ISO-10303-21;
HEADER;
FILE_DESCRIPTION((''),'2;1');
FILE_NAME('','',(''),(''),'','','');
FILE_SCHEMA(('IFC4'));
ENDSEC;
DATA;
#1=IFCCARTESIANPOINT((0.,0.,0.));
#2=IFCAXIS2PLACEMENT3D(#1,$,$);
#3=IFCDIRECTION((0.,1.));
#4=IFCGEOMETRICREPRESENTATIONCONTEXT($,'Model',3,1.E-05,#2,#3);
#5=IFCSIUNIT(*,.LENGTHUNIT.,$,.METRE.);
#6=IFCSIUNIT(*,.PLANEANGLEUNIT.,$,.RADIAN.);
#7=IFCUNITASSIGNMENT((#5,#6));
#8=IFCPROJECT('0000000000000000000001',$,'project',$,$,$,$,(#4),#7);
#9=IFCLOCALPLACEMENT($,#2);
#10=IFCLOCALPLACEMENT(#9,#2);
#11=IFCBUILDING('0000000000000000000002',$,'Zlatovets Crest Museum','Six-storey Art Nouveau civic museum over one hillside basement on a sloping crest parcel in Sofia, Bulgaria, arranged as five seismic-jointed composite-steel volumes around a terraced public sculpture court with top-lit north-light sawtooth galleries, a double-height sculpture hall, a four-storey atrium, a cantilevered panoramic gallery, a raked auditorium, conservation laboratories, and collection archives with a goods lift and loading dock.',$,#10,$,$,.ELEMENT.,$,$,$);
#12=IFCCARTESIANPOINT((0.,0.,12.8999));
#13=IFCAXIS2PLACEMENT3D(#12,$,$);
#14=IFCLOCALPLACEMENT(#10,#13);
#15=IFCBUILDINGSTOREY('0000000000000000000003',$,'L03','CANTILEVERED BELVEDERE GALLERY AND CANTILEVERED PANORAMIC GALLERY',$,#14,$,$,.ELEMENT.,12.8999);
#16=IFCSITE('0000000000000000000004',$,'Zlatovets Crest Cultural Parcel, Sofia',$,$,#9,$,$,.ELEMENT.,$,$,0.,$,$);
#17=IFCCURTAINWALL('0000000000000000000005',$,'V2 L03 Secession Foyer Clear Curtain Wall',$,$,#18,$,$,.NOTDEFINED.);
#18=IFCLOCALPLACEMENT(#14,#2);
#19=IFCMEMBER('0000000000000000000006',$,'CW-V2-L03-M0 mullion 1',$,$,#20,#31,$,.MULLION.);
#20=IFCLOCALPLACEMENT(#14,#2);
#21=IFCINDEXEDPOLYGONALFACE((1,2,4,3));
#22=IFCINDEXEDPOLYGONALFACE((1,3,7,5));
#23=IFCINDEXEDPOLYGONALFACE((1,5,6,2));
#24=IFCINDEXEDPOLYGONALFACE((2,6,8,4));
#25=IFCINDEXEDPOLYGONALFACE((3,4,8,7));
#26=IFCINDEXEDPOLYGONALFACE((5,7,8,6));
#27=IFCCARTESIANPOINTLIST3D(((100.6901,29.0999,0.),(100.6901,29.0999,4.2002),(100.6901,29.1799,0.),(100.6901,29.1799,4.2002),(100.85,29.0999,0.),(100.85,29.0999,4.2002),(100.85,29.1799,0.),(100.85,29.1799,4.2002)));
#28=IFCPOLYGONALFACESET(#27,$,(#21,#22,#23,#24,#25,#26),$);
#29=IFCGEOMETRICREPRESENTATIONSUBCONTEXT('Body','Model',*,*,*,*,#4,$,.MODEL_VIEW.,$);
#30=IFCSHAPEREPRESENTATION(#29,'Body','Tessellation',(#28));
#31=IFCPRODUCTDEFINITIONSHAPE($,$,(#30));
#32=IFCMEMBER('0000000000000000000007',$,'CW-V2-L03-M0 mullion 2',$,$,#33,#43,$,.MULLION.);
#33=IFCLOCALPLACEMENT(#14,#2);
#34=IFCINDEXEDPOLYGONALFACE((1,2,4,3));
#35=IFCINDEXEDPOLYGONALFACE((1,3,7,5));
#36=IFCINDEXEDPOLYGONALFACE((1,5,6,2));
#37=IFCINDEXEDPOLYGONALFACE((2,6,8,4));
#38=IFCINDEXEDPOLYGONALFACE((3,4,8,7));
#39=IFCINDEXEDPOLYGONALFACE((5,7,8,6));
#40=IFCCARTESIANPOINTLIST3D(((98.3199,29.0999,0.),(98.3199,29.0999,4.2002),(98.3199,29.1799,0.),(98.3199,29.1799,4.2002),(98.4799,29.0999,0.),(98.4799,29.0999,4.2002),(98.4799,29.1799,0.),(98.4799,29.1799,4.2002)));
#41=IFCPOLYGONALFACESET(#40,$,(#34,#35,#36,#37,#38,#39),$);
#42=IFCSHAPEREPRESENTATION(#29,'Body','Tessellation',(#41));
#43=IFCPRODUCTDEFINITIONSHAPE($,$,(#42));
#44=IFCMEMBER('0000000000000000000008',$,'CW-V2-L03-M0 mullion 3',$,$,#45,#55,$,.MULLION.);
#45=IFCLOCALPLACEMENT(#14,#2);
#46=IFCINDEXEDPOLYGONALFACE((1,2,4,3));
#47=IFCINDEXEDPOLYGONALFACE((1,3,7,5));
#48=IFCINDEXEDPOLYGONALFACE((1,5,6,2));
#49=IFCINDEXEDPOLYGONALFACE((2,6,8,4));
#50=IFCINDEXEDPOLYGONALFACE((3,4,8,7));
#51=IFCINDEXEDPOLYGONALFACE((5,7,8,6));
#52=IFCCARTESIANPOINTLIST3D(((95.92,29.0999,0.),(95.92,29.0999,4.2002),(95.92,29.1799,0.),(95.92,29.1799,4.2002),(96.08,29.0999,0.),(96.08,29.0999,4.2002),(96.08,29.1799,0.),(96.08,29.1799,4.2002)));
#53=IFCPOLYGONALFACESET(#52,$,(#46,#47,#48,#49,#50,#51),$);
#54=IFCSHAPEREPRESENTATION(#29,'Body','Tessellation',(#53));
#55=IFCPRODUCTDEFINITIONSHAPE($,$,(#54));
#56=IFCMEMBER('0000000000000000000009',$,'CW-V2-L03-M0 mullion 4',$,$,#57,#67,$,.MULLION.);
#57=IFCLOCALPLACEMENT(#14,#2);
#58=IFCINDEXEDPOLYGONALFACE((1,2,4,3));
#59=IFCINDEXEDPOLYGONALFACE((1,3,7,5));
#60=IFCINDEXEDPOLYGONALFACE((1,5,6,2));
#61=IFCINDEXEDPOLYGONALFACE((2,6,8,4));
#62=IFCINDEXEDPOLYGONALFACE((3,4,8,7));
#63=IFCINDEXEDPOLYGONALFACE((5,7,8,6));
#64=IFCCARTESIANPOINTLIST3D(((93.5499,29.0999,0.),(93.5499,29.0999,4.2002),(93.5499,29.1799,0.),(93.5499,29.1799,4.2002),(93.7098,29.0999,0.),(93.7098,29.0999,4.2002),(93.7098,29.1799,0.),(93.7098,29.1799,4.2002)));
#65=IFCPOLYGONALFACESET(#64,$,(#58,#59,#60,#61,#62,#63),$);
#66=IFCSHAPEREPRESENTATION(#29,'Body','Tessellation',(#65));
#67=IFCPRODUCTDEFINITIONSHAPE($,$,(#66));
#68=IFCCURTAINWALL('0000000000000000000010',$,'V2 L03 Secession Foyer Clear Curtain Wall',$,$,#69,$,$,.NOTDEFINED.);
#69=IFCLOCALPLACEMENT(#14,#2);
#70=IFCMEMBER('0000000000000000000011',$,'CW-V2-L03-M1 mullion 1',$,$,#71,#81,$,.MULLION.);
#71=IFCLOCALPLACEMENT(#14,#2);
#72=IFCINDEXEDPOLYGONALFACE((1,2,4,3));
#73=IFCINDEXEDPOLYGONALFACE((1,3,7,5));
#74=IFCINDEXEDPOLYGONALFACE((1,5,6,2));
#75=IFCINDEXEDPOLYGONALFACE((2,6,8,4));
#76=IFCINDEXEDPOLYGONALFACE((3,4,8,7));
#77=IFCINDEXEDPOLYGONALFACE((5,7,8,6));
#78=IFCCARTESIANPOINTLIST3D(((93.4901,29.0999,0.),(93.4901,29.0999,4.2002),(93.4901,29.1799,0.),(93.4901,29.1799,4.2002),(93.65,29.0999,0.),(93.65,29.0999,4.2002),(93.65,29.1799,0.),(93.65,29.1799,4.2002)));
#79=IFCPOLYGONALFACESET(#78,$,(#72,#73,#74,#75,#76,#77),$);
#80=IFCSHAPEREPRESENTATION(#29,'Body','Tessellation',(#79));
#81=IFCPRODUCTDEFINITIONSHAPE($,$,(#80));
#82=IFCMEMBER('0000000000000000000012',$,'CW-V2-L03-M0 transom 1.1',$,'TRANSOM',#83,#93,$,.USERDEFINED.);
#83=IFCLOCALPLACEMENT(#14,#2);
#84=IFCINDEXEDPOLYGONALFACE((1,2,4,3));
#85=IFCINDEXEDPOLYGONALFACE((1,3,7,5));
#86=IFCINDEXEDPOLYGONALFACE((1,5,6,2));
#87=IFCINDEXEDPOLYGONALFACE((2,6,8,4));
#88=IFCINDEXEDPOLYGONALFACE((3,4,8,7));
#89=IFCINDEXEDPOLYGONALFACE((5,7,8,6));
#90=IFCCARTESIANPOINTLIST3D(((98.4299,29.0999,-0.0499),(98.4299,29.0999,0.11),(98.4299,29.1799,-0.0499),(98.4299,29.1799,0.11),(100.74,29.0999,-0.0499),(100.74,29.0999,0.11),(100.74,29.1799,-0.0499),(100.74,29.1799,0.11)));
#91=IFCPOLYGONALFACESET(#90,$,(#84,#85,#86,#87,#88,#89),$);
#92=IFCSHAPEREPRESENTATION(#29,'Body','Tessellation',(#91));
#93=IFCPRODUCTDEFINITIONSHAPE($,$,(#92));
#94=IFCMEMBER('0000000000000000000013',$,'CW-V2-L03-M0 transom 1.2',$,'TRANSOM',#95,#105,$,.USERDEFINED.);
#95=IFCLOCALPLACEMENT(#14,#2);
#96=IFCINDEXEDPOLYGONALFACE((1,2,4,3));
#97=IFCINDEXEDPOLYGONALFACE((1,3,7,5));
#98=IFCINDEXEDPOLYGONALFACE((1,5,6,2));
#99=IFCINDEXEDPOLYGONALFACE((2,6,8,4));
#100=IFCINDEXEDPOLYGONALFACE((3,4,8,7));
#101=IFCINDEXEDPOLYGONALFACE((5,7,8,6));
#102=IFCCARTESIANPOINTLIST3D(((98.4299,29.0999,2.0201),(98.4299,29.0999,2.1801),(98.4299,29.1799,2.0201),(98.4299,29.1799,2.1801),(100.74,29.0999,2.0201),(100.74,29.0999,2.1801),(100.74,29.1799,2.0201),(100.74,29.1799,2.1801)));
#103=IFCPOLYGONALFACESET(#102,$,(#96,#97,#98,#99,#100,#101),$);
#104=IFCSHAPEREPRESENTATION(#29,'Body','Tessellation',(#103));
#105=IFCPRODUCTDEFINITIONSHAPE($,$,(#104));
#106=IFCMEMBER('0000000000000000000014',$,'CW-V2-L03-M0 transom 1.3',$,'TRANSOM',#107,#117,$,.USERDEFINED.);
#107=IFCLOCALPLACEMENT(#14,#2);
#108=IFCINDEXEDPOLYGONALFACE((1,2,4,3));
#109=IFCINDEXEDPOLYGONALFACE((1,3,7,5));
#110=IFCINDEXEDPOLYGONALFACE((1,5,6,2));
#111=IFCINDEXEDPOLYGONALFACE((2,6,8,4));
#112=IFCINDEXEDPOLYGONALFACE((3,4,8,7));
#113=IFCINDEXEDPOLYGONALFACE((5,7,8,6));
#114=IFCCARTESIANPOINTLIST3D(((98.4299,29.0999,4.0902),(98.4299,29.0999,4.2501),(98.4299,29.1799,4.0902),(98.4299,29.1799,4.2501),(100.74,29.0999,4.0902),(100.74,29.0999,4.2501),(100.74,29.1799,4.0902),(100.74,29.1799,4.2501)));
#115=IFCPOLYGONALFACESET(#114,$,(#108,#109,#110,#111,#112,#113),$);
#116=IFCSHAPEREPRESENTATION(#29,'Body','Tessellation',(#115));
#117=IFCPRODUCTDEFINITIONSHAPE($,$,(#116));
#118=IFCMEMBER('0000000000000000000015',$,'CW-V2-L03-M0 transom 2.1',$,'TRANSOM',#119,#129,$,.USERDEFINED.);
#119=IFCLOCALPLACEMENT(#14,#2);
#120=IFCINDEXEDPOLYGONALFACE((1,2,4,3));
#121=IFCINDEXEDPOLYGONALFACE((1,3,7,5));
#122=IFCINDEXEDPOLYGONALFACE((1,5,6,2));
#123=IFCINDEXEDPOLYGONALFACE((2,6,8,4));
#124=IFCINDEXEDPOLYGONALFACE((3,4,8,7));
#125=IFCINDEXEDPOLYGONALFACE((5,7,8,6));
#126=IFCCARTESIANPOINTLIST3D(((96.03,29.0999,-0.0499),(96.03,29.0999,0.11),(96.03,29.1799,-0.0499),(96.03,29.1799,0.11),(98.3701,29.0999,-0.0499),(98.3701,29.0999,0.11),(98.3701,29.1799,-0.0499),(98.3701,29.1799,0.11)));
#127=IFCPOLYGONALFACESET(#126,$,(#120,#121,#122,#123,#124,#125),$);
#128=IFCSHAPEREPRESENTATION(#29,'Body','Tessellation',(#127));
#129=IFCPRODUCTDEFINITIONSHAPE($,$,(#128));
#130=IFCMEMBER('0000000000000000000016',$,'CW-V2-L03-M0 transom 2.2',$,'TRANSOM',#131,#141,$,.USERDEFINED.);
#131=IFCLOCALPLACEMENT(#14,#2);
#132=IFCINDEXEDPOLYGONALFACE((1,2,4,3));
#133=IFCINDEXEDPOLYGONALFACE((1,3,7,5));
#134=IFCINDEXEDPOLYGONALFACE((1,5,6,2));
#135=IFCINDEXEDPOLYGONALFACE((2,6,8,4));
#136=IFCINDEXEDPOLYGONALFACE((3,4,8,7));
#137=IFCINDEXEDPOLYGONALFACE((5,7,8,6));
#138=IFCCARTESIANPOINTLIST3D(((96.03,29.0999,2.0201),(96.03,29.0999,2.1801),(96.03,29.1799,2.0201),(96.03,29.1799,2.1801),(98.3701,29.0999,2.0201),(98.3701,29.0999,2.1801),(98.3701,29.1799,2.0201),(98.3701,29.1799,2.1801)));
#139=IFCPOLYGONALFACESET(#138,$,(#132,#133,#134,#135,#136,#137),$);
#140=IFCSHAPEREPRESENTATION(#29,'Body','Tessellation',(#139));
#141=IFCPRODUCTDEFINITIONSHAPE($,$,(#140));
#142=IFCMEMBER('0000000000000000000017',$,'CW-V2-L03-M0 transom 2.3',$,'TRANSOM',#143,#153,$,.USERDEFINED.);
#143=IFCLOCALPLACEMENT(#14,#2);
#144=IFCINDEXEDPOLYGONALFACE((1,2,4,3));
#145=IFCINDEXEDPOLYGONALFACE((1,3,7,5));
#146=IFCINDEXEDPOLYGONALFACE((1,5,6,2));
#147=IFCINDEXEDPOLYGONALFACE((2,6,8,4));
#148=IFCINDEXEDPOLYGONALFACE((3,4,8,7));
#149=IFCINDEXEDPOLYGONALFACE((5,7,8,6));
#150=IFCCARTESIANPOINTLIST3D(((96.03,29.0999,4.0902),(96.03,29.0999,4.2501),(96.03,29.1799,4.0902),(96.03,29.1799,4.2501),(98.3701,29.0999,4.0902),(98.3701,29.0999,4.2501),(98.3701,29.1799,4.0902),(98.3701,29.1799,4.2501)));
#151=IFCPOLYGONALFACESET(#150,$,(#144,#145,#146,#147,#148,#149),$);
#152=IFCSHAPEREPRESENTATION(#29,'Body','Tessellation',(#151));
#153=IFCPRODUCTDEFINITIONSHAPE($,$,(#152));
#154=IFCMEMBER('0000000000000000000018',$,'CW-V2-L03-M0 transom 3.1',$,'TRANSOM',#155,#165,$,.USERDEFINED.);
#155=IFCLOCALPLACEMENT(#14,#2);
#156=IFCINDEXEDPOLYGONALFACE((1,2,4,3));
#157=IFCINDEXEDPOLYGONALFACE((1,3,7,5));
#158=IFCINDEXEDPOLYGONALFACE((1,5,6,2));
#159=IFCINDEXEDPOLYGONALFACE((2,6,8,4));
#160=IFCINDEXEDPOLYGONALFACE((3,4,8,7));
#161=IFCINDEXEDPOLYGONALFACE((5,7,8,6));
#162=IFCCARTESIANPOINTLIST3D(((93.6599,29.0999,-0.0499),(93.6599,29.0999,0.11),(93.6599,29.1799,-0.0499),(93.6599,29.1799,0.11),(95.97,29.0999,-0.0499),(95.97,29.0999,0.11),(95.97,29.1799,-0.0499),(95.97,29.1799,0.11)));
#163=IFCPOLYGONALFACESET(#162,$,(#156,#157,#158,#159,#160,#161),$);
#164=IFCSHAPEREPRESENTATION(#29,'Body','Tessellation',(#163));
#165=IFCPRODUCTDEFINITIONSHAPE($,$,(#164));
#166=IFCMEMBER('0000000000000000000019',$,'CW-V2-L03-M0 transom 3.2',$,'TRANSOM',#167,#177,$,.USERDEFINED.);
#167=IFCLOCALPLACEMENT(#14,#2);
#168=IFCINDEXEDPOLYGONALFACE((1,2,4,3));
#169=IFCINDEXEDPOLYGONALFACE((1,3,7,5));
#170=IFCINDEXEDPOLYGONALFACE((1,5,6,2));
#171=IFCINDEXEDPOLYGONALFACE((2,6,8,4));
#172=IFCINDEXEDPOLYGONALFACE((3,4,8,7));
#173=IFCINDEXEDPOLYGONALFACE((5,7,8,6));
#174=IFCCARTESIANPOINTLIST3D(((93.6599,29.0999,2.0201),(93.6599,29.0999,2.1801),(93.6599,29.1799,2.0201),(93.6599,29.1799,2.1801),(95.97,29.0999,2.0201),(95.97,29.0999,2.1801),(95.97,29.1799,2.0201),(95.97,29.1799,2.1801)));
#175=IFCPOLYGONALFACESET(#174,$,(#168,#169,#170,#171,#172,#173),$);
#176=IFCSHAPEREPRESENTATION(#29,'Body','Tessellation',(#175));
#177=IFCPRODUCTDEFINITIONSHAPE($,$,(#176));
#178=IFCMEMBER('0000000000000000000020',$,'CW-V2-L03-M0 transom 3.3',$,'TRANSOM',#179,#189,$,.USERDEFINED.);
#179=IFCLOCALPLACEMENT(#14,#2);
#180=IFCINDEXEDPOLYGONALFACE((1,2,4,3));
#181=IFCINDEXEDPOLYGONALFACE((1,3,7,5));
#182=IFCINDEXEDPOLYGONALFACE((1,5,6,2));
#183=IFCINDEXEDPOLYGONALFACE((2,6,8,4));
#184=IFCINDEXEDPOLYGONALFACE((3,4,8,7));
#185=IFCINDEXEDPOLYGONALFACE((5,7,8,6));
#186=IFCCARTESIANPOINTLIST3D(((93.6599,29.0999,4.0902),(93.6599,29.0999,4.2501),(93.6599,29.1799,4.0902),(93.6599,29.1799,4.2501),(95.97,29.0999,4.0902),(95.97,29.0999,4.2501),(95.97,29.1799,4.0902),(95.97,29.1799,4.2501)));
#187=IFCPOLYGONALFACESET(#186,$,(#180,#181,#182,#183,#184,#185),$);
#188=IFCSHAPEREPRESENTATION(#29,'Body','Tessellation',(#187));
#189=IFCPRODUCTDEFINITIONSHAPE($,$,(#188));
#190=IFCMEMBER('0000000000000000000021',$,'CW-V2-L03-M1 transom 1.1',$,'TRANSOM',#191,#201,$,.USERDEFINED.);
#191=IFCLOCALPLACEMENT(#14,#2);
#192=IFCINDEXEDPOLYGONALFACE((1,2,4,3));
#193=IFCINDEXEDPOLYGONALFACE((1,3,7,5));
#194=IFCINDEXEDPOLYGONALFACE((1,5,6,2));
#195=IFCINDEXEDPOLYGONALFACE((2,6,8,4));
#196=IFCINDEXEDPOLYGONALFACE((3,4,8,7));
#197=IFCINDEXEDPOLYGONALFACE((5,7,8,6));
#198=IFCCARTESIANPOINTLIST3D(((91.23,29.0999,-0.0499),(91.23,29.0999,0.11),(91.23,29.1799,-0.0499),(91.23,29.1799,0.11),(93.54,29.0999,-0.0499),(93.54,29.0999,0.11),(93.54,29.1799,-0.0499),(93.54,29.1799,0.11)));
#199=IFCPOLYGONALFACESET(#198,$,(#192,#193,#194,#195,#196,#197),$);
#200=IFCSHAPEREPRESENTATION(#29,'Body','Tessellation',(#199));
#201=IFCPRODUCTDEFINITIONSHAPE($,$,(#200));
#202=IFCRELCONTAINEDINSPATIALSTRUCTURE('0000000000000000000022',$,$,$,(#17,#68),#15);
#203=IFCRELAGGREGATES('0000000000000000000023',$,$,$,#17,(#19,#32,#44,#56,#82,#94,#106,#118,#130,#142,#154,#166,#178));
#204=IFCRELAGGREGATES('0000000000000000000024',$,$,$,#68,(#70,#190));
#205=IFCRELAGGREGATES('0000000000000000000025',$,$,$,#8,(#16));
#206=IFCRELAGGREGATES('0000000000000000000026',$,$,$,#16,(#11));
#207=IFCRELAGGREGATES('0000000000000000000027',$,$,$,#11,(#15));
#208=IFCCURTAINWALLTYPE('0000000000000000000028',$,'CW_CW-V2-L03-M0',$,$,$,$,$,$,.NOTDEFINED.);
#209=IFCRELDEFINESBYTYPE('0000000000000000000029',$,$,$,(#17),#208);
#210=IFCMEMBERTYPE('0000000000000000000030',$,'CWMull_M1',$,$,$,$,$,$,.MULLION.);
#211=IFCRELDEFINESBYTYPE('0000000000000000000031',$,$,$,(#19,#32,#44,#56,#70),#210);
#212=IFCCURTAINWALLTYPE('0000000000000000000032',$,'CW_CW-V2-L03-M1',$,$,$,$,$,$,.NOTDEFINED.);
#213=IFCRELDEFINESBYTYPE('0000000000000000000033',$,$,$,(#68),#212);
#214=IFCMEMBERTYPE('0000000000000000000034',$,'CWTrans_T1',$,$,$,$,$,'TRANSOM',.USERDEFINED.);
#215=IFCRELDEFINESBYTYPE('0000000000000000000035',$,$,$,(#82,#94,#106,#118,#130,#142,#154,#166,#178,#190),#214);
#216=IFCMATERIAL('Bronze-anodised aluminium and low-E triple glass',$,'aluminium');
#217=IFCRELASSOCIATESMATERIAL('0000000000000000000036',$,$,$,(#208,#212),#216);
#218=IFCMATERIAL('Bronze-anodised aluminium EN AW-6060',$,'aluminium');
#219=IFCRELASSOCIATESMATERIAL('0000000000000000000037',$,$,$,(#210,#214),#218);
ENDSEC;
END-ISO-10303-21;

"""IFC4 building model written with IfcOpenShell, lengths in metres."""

from ifc_helpers import new_model, si_unit, direction, frame, origin, origin_2d, place, context, subcontext, project, spatial, rectangle, extrude, material, material_profile, profile_set, type_object, element, aggregate, save


model = new_model("IFC4")

# Units and contexts
model_context = context("Model", 3, precision=1e-05, world=origin(), true_north=direction((0.0, 1.0)))
body_context = subcontext(model_context, "Body", "Model", "MODEL_VIEW")
ifc_project = project(units=[si_unit("LENGTHUNIT", "METRE"), si_unit("PLANEANGLEUNIT", "RADIAN")], contexts=[model_context])

# Site, building, storey
site_placement = place(None, origin())
site = spatial("IfcSite", under=ifc_project, at=site_placement, Name="Zlatovets Crest Cultural Parcel, Sofia", CompositionType="ELEMENT", RefElevation=0.0)
building_placement = place(site_placement, origin())
building = spatial("IfcBuilding", under=site, at=building_placement, Name="Zlatovets Crest Museum", Description="Six-storey Art Nouveau civic museum over one hillside basement on a sloping crest parcel in Sofia, Bulgaria, arranged as five seismic-jointed composite-steel volumes around a terraced public sculpture court with top-lit north-light sawtooth galleries, a double-height sculpture hall, a four-storey atrium, a cantilevered panoramic gallery, a raked auditorium, conservation laboratories, and collection archives with a goods lift and loading dock.", CompositionType="ELEMENT")
storey_placement = place(building_placement, frame((0.0, 0.0, 12.8999)))
storey = spatial("IfcBuildingStorey", under=building, at=storey_placement, Name="L03", Description="CANTILEVERED BELVEDERE GALLERY AND CANTILEVERED PANORAMIC GALLERY", CompositionType="ELEMENT", Elevation=12.8999)

# Curtain wall, members
ifc_material_1 = material(Name="Bronze-anodised aluminium and low-E triple glass", Category="aluminium")
curtain_wall_type_1 = type_object("IfcCurtainWallType", Name="CW_CW-V2-L03-M0", PredefinedType="NOTDEFINED", material=ifc_material_1)
curtain_wall_1_placement = place(storey_placement, origin())
curtain_wall_1 = element("IfcCurtainWall", 1, at=curtain_wall_1_placement, inside=storey, type_object=curtain_wall_type_1, Name="V2 L03 Secession Foyer Clear Curtain Wall", PredefinedType="NOTDEFINED")
ifc_material_2 = material(Name="Bronze-anodised aluminium EN AW-6060", Category="aluminium")
ifc_material_profile_1 = material_profile(ifc_material_2, rectangle(XDim=0.0801, YDim=0.1599, at=origin_2d()), Name="ALU 80x160")
ifc_profile_set_1 = profile_set([ifc_material_profile_1], Name="Bronze-anodised aluminium EN AW-6060")
member_type_1 = type_object("IfcMemberType", Name="CWMull_M1", PredefinedType="MULLION", material=ifc_profile_set_1)
member_1_placement = place(storey_placement, frame((100.77, 29.1399, 0.0), z_axis=(0.0, 0.0, 1.0), x_axis=(0.0, -1.0, 0.0)))
member_1 = element("IfcMember", 2, at=member_1_placement, type_object=member_type_1, Name="CW-V2-L03-M0 mullion 1", PredefinedType="MULLION", context=body_context, shape_type="SweptSolid", body=[
    extrude(rectangle(XDim=0.0801, YDim=0.1599, at=origin_2d()), origin(), (0.0, 0.0, 1.0), 4.2002),
])
member_2_placement = place(storey_placement, frame((98.3999, 29.1399, 0.0), z_axis=(0.0, 0.0, 1.0), x_axis=(0.0, -1.0, 0.0)))
member_2 = element("IfcMember", 3, at=member_2_placement, type_object=member_type_1, Name="CW-V2-L03-M0 mullion 2", PredefinedType="MULLION", context=body_context, shape_type="SweptSolid", body=[
    extrude(rectangle(XDim=0.0801, YDim=0.1599, at=origin_2d()), origin(), (0.0, 0.0, 1.0), 4.2002),
])
member_3_placement = place(storey_placement, frame((96.0, 29.1399, 0.0), z_axis=(0.0, 0.0, 1.0), x_axis=(0.0, -1.0, 0.0)))
member_3 = element("IfcMember", 4, at=member_3_placement, type_object=member_type_1, Name="CW-V2-L03-M0 mullion 3", PredefinedType="MULLION", context=body_context, shape_type="SweptSolid", body=[
    extrude(rectangle(XDim=0.0801, YDim=0.1599, at=origin_2d()), origin(), (0.0, 0.0, 1.0), 4.2002),
])
member_4_placement = place(storey_placement, frame((93.6299, 29.1399, 0.0), z_axis=(0.0, 0.0, 1.0), x_axis=(0.0, -1.0, 0.0)))
member_4 = element("IfcMember", 5, at=member_4_placement, type_object=member_type_1, Name="CW-V2-L03-M0 mullion 4", PredefinedType="MULLION", context=body_context, shape_type="SweptSolid", body=[
    extrude(rectangle(XDim=0.0801, YDim=0.1599, at=origin_2d()), origin(), (0.0, 0.0, 1.0), 4.2002),
])

# Curtain wall, member
curtain_wall_type_2 = type_object("IfcCurtainWallType", Name="CW_CW-V2-L03-M1", PredefinedType="NOTDEFINED", material=ifc_material_1)
curtain_wall_2_placement = place(storey_placement, origin())
curtain_wall_2 = element("IfcCurtainWall", 6, at=curtain_wall_2_placement, inside=storey, type_object=curtain_wall_type_2, Name="V2 L03 Secession Foyer Clear Curtain Wall", PredefinedType="NOTDEFINED")
member_5_placement = place(storey_placement, frame((93.5701, 29.1399, 0.0), z_axis=(0.0, 0.0, 1.0), x_axis=(0.0, -1.0, 0.0)))
member_5 = element("IfcMember", 7, at=member_5_placement, type_object=member_type_1, Name="CW-V2-L03-M1 mullion 1", PredefinedType="MULLION", context=body_context, shape_type="SweptSolid", body=[
    extrude(rectangle(XDim=0.0801, YDim=0.1599, at=origin_2d()), origin(), (0.0, 0.0, 1.0), 4.2002),
])

# Members
ifc_material_profile_2 = material_profile(ifc_material_2, rectangle(XDim=0.0801, YDim=0.1599, at=origin_2d()), Name="ALU 80x160")
ifc_profile_set_2 = profile_set([ifc_material_profile_2], Name="Bronze-anodised aluminium EN AW-6060")
member_type_2 = type_object("IfcMemberType", Name="CWTrans_T1", ElementType="TRANSOM", PredefinedType="USERDEFINED", material=ifc_profile_set_2)
member_6_placement = place(storey_placement, frame((100.74, 29.1399, 0.03), z_axis=(-1.0, 0.0, 0.0), x_axis=(0.0, -1.0, 0.0)))
member_6 = element("IfcMember", 8, at=member_6_placement, type_object=member_type_2, Name="CW-V2-L03-M0 transom 1.1", ObjectType="TRANSOM", PredefinedType="USERDEFINED", context=body_context, shape_type="SweptSolid", body=[
    extrude(rectangle(XDim=0.0801, YDim=0.1599, at=origin_2d()), origin(), (0.0, 0.0, 1.0), 2.3101),
])
member_7_placement = place(storey_placement, frame((100.74, 29.1399, 2.1001), z_axis=(-1.0, 0.0, 0.0), x_axis=(0.0, -1.0, 0.0)))
member_7 = element("IfcMember", 9, at=member_7_placement, type_object=member_type_2, Name="CW-V2-L03-M0 transom 1.2", ObjectType="TRANSOM", PredefinedType="USERDEFINED", context=body_context, shape_type="SweptSolid", body=[
    extrude(rectangle(XDim=0.0801, YDim=0.1599, at=origin_2d()), origin(), (0.0, 0.0, 1.0), 2.3101),
])
member_8_placement = place(storey_placement, frame((100.74, 29.1399, 4.1702), z_axis=(-1.0, 0.0, 0.0), x_axis=(0.0, -1.0, 0.0)))
member_8 = element("IfcMember", 10, at=member_8_placement, type_object=member_type_2, Name="CW-V2-L03-M0 transom 1.3", ObjectType="TRANSOM", PredefinedType="USERDEFINED", context=body_context, shape_type="SweptSolid", body=[
    extrude(rectangle(XDim=0.0801, YDim=0.1599, at=origin_2d()), origin(), (0.0, 0.0, 1.0), 2.3101),
])
member_9_placement = place(storey_placement, frame((98.3701, 29.1399, 0.03), z_axis=(-1.0, 0.0, 0.0), x_axis=(0.0, -1.0, 0.0)))
member_9 = element("IfcMember", 11, at=member_9_placement, type_object=member_type_2, Name="CW-V2-L03-M0 transom 2.1", ObjectType="TRANSOM", PredefinedType="USERDEFINED", context=body_context, shape_type="SweptSolid", body=[
    extrude(rectangle(XDim=0.0801, YDim=0.1599, at=origin_2d()), origin(), (0.0, 0.0, 1.0), 2.3401),
])
member_10_placement = place(storey_placement, frame((98.3701, 29.1399, 2.1001), z_axis=(-1.0, 0.0, 0.0), x_axis=(0.0, -1.0, 0.0)))
member_10 = element("IfcMember", 12, at=member_10_placement, type_object=member_type_2, Name="CW-V2-L03-M0 transom 2.2", ObjectType="TRANSOM", PredefinedType="USERDEFINED", context=body_context, shape_type="SweptSolid", body=[
    extrude(rectangle(XDim=0.0801, YDim=0.1599, at=origin_2d()), origin(), (0.0, 0.0, 1.0), 2.3401),
])
member_11_placement = place(storey_placement, frame((98.3701, 29.1399, 4.1702), z_axis=(-1.0, 0.0, 0.0), x_axis=(0.0, -1.0, 0.0)))
member_11 = element("IfcMember", 13, at=member_11_placement, type_object=member_type_2, Name="CW-V2-L03-M0 transom 2.3", ObjectType="TRANSOM", PredefinedType="USERDEFINED", context=body_context, shape_type="SweptSolid", body=[
    extrude(rectangle(XDim=0.0801, YDim=0.1599, at=origin_2d()), origin(), (0.0, 0.0, 1.0), 2.3401),
])
member_12_placement = place(storey_placement, frame((95.97, 29.1399, 0.03), z_axis=(-1.0, 0.0, 0.0), x_axis=(0.0, -1.0, 0.0)))
member_12 = element("IfcMember", 14, at=member_12_placement, type_object=member_type_2, Name="CW-V2-L03-M0 transom 3.1", ObjectType="TRANSOM", PredefinedType="USERDEFINED", context=body_context, shape_type="SweptSolid", body=[
    extrude(rectangle(XDim=0.0801, YDim=0.1599, at=origin_2d()), origin(), (0.0, 0.0, 1.0), 2.3101),
])
member_13_placement = place(storey_placement, frame((95.97, 29.1399, 2.1001), z_axis=(-1.0, 0.0, 0.0), x_axis=(0.0, -1.0, 0.0)))
member_13 = element("IfcMember", 15, at=member_13_placement, type_object=member_type_2, Name="CW-V2-L03-M0 transom 3.2", ObjectType="TRANSOM", PredefinedType="USERDEFINED", context=body_context, shape_type="SweptSolid", body=[
    extrude(rectangle(XDim=0.0801, YDim=0.1599, at=origin_2d()), origin(), (0.0, 0.0, 1.0), 2.3101),
])
member_14_placement = place(storey_placement, frame((95.97, 29.1399, 4.1702), z_axis=(-1.0, 0.0, 0.0), x_axis=(0.0, -1.0, 0.0)))
member_14 = element("IfcMember", 16, at=member_14_placement, type_object=member_type_2, Name="CW-V2-L03-M0 transom 3.3", ObjectType="TRANSOM", PredefinedType="USERDEFINED", context=body_context, shape_type="SweptSolid", body=[
    extrude(rectangle(XDim=0.0801, YDim=0.1599, at=origin_2d()), origin(), (0.0, 0.0, 1.0), 2.3101),
])
member_15_placement = place(storey_placement, frame((93.54, 29.1399, 0.03), z_axis=(-1.0, 0.0, 0.0), x_axis=(0.0, -1.0, 0.0)))
member_15 = element("IfcMember", 17, at=member_15_placement, type_object=member_type_2, Name="CW-V2-L03-M1 transom 1.1", ObjectType="TRANSOM", PredefinedType="USERDEFINED", context=body_context, shape_type="SweptSolid", body=[
    extrude(rectangle(XDim=0.0801, YDim=0.1599, at=origin_2d()), origin(), (0.0, 0.0, 1.0), 2.3101),
])

aggregate(curtain_wall_1, [member_1, member_2, member_3, member_4, member_6, member_7, member_8, member_9, member_10, member_11, member_12, member_13, member_14])
aggregate(curtain_wall_2, [member_5, member_15])

save(model, "model.ifc")
